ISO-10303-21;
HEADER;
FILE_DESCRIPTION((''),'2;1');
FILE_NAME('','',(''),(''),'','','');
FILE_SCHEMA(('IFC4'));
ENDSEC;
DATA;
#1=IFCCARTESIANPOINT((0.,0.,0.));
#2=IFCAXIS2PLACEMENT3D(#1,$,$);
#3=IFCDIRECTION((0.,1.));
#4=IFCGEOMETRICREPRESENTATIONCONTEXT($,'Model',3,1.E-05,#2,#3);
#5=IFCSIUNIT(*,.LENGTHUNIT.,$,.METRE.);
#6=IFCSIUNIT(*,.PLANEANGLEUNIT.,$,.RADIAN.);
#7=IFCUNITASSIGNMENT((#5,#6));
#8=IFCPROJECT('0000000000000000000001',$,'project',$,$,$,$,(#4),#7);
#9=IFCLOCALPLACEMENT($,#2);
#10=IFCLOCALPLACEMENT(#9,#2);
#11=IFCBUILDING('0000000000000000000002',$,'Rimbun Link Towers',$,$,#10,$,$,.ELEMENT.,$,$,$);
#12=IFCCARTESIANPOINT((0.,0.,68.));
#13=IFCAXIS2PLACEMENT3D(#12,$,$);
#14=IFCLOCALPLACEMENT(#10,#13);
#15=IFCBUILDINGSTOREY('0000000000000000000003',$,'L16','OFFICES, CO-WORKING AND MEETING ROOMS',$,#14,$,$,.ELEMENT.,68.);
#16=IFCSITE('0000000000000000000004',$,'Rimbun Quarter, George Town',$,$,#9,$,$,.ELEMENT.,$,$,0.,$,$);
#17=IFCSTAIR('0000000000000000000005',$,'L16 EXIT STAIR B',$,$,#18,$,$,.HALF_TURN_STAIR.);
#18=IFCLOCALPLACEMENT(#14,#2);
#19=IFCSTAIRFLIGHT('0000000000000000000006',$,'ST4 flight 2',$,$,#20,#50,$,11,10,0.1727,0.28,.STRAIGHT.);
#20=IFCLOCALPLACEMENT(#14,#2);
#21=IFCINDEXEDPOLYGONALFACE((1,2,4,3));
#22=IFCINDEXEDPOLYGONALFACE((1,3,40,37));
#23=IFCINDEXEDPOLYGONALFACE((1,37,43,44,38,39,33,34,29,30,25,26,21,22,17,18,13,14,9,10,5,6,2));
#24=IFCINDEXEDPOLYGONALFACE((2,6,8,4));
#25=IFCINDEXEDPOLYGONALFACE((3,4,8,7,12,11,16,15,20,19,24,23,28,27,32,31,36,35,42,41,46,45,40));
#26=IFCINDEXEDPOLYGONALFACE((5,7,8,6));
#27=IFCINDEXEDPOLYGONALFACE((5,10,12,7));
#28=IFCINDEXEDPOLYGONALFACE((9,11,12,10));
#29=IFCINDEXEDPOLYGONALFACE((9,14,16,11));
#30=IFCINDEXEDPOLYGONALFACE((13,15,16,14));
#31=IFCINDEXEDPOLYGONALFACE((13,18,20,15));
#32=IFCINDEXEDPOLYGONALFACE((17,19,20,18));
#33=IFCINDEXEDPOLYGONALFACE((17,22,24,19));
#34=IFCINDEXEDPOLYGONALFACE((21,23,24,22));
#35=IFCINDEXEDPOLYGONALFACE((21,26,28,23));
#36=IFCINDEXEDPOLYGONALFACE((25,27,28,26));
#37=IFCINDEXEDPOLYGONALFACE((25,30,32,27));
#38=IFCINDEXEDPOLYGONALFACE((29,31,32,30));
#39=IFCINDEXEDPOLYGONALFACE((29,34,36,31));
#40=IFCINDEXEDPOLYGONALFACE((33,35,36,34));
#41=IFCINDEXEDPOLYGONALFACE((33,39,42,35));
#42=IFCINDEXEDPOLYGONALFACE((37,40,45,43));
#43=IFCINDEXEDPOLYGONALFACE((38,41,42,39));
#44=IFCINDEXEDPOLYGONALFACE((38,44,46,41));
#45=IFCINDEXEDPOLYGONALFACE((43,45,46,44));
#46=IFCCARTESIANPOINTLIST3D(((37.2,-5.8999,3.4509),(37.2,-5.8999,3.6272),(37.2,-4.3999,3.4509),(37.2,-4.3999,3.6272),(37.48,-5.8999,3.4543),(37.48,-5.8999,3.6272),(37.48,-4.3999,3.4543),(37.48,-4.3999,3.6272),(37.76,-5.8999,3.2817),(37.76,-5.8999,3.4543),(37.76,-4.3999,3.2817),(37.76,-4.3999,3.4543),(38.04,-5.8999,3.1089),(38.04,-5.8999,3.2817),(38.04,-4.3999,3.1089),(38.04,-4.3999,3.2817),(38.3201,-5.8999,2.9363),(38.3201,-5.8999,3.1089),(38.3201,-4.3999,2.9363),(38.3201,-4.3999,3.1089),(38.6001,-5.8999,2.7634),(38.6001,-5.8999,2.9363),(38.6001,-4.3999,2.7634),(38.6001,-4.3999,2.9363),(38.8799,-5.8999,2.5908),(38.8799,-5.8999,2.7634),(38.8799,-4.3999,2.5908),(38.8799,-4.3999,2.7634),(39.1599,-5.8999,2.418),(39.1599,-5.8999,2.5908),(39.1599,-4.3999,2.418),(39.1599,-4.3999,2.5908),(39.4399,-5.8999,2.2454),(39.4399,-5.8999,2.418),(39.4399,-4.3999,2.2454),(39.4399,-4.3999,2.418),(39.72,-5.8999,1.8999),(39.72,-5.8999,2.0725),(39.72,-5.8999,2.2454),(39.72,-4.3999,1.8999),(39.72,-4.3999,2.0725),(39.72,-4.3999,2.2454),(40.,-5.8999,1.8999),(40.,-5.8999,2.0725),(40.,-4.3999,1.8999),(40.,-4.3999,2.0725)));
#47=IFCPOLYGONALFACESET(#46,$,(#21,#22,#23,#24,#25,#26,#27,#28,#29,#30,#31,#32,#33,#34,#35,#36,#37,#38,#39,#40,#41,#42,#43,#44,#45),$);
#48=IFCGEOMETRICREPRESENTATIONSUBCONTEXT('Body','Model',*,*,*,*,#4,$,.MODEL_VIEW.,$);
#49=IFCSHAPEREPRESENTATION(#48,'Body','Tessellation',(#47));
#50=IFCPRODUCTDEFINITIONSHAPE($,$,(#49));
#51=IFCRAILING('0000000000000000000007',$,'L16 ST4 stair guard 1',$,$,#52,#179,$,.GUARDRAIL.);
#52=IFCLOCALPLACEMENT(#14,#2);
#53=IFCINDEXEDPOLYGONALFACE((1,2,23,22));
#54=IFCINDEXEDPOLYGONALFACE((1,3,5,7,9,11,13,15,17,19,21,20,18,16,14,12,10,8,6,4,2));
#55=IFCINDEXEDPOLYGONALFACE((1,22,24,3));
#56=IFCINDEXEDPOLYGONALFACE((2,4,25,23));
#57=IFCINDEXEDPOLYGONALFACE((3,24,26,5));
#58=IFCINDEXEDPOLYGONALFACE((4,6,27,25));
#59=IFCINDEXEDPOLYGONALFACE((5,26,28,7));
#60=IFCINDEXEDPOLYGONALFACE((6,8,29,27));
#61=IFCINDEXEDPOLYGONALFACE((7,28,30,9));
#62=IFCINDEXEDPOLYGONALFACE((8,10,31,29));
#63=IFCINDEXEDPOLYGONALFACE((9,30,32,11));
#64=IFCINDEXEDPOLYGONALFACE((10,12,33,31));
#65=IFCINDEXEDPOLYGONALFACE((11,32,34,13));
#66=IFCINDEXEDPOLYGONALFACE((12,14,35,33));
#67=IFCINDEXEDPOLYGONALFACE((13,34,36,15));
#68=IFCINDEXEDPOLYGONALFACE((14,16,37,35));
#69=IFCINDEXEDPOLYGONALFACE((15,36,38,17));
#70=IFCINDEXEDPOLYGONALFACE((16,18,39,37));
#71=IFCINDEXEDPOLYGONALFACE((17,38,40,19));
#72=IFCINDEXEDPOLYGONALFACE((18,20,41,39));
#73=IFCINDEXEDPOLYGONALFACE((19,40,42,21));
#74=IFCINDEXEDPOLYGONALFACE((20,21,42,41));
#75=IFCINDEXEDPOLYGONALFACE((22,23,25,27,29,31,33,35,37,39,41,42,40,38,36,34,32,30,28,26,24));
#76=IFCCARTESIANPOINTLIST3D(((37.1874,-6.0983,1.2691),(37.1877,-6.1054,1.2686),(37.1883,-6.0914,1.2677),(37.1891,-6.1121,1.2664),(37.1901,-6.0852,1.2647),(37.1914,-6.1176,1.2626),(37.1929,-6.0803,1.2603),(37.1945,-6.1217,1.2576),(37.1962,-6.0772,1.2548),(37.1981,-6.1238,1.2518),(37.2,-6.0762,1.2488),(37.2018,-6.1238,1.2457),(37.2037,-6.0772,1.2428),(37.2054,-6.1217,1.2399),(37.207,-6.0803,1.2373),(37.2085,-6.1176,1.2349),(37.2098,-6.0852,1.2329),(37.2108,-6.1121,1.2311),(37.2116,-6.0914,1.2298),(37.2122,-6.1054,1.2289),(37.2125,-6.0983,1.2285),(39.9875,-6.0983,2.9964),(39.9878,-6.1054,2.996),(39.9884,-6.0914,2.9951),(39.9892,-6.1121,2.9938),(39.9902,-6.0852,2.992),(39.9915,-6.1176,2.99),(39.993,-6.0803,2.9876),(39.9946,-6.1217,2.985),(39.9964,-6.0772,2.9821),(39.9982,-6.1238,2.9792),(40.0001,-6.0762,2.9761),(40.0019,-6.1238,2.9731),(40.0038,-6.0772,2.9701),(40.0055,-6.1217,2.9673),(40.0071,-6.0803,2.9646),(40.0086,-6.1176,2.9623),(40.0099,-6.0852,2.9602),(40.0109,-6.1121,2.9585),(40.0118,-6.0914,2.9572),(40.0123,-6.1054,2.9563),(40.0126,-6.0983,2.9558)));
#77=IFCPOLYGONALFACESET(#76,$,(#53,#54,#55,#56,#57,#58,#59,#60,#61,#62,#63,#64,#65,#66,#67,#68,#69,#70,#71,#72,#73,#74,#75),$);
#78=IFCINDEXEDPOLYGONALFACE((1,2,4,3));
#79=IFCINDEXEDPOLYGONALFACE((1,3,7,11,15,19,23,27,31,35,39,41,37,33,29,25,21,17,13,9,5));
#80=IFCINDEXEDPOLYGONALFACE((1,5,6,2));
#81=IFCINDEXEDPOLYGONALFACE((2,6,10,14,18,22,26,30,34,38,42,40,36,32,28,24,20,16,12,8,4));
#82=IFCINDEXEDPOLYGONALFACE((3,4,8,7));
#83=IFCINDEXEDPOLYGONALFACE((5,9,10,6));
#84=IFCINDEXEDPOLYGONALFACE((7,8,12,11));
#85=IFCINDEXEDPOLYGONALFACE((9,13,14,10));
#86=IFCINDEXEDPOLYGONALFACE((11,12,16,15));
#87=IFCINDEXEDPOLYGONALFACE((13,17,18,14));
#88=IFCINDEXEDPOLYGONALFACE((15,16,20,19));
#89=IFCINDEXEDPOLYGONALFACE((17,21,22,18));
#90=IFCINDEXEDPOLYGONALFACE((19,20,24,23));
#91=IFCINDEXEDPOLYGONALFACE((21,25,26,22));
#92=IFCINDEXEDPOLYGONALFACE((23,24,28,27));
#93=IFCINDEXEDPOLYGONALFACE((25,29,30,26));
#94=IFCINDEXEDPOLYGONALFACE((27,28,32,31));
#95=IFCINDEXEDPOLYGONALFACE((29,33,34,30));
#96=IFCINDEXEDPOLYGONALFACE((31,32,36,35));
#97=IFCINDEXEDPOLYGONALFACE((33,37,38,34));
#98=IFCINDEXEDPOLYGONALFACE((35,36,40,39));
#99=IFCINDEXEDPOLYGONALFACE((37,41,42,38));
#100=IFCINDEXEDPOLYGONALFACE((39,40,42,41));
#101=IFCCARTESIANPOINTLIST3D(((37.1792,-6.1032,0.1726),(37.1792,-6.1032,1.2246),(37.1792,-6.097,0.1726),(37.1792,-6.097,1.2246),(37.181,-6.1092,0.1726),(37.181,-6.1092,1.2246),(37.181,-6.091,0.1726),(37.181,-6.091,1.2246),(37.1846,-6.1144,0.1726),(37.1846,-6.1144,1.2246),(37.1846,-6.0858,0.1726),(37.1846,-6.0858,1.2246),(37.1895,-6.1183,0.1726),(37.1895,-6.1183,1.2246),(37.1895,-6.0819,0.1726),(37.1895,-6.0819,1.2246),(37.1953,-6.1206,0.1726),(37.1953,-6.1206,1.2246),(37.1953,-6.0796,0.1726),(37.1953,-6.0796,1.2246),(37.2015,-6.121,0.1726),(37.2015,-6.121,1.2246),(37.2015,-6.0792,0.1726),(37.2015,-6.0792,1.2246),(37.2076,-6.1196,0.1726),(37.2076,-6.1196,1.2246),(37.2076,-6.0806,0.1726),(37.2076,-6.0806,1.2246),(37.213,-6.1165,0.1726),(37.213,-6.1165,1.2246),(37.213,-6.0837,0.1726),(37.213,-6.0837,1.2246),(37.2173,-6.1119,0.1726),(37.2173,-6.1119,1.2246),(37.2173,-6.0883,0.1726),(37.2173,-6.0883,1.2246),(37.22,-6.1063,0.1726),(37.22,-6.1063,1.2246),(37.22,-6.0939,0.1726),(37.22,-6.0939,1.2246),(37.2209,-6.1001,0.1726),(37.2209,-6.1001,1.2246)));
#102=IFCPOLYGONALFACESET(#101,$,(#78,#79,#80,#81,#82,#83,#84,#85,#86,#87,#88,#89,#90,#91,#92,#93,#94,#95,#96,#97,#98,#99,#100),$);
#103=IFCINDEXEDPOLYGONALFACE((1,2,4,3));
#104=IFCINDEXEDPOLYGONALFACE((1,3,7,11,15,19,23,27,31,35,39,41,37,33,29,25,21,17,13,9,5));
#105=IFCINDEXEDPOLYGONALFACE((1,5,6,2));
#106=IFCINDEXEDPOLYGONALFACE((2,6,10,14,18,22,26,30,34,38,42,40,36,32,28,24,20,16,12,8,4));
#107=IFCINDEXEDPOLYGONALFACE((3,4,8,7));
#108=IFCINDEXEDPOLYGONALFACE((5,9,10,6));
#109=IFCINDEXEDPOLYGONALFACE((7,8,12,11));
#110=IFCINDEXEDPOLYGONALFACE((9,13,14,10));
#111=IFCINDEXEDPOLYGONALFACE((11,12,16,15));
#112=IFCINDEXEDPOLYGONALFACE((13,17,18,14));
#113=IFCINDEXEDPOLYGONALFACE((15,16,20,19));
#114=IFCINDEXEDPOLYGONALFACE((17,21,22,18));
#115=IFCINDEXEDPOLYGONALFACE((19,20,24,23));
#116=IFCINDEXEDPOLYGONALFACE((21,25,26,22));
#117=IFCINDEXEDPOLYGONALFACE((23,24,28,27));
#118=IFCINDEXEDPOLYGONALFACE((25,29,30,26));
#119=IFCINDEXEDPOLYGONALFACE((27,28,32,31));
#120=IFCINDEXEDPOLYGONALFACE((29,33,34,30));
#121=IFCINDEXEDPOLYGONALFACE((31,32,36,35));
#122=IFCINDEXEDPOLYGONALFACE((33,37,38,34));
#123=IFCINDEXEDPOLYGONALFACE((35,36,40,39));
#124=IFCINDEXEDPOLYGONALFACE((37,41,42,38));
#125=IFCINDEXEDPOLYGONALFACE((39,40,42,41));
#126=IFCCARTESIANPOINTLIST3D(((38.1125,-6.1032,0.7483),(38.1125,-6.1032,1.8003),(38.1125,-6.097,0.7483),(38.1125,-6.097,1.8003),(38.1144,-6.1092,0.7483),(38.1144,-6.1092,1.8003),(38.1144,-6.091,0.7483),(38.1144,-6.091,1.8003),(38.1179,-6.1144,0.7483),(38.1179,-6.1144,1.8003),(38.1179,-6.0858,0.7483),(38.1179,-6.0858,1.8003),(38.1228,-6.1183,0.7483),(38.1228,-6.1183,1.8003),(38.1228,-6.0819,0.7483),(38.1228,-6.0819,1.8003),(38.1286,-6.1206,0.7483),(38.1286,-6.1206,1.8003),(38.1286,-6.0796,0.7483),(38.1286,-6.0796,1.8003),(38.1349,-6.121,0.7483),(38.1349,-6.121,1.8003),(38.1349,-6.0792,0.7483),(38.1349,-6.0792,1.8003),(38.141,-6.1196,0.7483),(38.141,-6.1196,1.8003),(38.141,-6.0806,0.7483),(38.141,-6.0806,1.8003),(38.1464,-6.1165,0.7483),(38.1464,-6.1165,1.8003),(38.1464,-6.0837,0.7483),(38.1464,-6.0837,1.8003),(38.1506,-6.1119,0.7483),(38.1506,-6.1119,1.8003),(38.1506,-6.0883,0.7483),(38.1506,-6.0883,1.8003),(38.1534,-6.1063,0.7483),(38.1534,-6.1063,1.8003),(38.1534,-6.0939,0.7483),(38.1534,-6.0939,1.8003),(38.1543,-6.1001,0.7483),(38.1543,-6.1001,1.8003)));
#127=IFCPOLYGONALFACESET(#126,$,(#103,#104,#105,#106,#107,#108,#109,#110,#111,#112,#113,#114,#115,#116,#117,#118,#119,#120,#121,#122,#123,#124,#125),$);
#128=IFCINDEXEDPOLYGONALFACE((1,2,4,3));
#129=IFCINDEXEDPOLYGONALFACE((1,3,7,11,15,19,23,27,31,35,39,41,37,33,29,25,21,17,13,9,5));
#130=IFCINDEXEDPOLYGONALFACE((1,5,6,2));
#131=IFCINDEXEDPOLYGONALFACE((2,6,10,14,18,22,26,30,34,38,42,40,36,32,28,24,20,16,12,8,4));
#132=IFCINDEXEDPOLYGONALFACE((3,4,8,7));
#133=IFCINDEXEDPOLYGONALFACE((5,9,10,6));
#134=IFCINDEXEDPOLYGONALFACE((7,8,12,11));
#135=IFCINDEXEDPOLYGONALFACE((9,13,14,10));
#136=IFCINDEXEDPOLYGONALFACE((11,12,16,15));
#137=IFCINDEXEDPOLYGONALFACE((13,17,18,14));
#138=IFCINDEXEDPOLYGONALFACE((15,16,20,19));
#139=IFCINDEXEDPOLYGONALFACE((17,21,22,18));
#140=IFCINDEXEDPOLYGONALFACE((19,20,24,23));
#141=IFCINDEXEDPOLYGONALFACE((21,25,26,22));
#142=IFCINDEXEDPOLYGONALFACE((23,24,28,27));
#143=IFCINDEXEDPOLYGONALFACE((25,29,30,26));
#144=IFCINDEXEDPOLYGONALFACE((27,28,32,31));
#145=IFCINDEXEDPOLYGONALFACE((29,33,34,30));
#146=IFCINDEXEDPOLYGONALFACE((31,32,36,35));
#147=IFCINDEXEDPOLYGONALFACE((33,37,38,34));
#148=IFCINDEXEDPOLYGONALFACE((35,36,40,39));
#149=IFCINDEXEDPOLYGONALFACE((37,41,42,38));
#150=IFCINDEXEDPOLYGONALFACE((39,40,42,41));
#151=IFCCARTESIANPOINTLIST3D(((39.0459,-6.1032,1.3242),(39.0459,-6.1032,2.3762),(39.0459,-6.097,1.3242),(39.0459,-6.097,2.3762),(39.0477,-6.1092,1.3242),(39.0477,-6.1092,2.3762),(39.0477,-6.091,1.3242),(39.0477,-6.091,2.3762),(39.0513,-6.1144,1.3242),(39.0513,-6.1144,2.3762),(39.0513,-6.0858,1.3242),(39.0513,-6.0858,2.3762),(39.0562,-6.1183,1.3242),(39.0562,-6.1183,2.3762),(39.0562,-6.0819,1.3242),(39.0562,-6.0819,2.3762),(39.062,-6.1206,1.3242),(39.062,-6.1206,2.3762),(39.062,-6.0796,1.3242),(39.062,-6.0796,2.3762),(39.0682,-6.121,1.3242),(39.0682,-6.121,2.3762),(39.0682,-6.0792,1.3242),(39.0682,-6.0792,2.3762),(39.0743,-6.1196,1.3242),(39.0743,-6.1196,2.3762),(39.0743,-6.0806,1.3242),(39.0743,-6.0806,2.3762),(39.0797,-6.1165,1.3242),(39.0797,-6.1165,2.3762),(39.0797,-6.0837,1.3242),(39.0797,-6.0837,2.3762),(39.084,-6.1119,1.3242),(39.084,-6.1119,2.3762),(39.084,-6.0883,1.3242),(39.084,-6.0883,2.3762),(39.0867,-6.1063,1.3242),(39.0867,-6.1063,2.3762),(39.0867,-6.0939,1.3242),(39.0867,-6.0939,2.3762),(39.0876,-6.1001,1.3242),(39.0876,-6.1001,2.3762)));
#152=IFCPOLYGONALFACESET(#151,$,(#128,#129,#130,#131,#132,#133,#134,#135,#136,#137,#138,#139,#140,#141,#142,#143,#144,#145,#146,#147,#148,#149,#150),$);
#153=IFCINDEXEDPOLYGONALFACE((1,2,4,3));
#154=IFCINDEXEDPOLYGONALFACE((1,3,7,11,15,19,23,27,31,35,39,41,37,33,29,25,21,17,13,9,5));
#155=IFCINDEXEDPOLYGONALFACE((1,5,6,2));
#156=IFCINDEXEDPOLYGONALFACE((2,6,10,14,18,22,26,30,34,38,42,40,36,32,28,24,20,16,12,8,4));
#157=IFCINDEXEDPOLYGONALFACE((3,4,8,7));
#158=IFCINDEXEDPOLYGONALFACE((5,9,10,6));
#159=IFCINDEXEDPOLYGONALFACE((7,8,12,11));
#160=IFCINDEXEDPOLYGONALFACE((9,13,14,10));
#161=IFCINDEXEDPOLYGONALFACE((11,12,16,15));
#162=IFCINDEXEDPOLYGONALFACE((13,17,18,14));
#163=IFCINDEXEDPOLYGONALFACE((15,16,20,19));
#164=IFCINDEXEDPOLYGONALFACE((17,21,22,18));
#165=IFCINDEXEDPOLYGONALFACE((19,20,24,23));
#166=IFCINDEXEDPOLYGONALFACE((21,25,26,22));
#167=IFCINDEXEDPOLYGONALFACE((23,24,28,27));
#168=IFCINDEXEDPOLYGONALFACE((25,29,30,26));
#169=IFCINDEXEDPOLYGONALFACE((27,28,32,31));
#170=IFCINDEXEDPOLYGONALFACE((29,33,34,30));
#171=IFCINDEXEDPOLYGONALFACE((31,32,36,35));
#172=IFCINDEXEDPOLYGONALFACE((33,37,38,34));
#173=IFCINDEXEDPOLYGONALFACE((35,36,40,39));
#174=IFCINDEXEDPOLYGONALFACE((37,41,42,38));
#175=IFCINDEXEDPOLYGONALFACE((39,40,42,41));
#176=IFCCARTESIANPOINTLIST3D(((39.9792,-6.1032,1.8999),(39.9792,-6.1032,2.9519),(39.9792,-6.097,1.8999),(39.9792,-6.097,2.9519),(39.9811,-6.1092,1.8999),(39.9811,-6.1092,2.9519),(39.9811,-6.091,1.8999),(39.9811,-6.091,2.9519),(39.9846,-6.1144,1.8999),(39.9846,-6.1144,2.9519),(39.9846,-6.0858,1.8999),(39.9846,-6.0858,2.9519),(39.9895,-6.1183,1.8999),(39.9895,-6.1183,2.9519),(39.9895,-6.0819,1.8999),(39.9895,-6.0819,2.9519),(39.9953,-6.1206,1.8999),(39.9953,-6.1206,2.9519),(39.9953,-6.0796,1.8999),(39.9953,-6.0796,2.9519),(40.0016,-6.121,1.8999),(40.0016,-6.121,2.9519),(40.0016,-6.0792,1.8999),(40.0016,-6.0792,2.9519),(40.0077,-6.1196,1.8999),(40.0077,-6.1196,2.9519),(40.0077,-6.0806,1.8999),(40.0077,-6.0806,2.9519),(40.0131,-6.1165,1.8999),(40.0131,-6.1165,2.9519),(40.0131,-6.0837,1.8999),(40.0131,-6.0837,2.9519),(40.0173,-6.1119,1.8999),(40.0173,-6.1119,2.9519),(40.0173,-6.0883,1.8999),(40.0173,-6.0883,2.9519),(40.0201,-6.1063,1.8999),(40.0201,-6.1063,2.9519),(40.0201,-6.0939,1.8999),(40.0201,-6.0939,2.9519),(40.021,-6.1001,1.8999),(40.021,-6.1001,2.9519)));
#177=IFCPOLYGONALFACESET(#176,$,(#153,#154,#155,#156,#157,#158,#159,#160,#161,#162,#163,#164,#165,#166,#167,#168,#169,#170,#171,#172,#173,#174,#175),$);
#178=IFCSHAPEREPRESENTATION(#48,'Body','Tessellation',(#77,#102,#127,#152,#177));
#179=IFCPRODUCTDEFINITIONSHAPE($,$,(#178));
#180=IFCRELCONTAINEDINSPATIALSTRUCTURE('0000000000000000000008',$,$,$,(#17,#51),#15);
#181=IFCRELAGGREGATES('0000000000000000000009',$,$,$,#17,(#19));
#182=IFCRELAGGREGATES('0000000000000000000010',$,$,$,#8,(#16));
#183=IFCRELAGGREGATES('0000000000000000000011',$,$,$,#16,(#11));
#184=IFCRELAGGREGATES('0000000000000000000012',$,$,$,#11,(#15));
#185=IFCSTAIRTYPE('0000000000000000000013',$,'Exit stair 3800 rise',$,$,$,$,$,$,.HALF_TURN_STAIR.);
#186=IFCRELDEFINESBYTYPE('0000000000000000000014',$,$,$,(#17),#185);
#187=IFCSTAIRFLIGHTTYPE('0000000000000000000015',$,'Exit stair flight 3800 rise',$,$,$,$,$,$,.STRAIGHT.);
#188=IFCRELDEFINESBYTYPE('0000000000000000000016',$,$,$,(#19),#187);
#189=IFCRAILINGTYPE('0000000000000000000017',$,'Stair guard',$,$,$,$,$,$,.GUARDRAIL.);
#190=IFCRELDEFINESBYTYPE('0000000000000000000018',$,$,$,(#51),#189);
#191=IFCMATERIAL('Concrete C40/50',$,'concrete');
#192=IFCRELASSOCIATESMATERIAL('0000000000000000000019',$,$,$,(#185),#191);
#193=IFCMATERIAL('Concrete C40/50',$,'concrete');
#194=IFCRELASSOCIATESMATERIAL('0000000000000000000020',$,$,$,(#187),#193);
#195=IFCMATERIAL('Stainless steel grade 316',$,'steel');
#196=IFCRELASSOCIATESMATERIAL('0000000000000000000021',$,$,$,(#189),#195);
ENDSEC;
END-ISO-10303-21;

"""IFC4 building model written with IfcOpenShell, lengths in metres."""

from ifc_helpers import new_model, si_unit, direction, frame, origin, origin_2d, place, context, subcontext, project, spatial, polyline, circle, outline, extrude, material, type_object, element, aggregate, save


model = new_model("IFC4")

# Units and contexts
model_context = context("Model", 3, precision=1e-05, world=origin(), true_north=direction((0.0, 1.0)))
body_context = subcontext(model_context, "Body", "Model", "MODEL_VIEW")
ifc_project = project(units=[si_unit("LENGTHUNIT", "METRE"), si_unit("PLANEANGLEUNIT", "RADIAN")], contexts=[model_context])

# Site, building, storey
site_placement = place(None, origin())
site = spatial("IfcSite", under=ifc_project, at=site_placement, Name="Rimbun Quarter, George Town", CompositionType="ELEMENT", RefElevation=0.0)
building_placement = place(site_placement, origin())
building = spatial("IfcBuilding", under=site, at=building_placement, Name="Rimbun Link Towers", CompositionType="ELEMENT")
storey_placement = place(building_placement, frame((0.0, 0.0, 68.0)))
storey = spatial("IfcBuildingStorey", under=building, at=storey_placement, Name="L16", Description="OFFICES, CO-WORKING AND MEETING ROOMS", CompositionType="ELEMENT", Elevation=68.0)

# Stair, stair flight
ifc_material_1 = material(Name="Concrete C40/50", Category="concrete")
stair_type = type_object("IfcStairType", Name="Exit stair 3800 rise", PredefinedType="HALF_TURN_STAIR", material=ifc_material_1)
stair_placement = place(storey_placement, origin())
stair = element("IfcStair", 1, at=stair_placement, inside=storey, type_object=stair_type, Name="L16 EXIT STAIR B", PredefinedType="HALF_TURN_STAIR")
ifc_material_2 = material(Name="Concrete C40/50", Category="concrete")
stair_flight_type = type_object("IfcStairFlightType", Name="Exit stair flight 3800 rise", PredefinedType="STRAIGHT", material=ifc_material_2)
stair_flight_placement = place(storey_placement, frame((40.0, -5.1499, 1.8999), z_axis=(0.0, 0.0, 1.0), x_axis=(-1.0, 0.0, 0.0)))
stair_flight = element("IfcStairFlight", 2, at=stair_flight_placement, type_object=stair_flight_type, Name="ST4 flight 2", NumberOfRisers=11, NumberOfTreads=10, PredefinedType="STRAIGHT", RiserHeight=0.1727, TreadLength=0.28, context=body_context, shape_type="SweptSolid", body=[
    extrude(outline(polyline([(0.0, 0.0), (0.0, 0.1726), (0.28, 0.1726), (0.28, 0.3455), (0.5601, 0.3455), (0.5601, 0.5181), (0.8401, 0.5181), (0.8401, 0.6909), (1.1201, 0.6909), (1.1201, 0.8635), (1.3999, 0.8635), (1.3999, 1.0364), (1.6799, 1.0364), (1.6799, 1.209), (1.96, 1.209), (1.96, 1.3818), (2.24, 1.3818), (2.24, 1.5544), (2.52, 1.5544), (2.52, 1.7273), (2.8, 1.7273), (2.8, 1.8999), (2.8, 1.551), (0.28, 0.0), (0.0, 0.0)])), frame((0.0, 0.75, 0.0), z_axis=(0.0, -1.0, 0.0), x_axis=(1.0, 0.0, 0.0)), (0.0, 0.0, 1.0), 1.5),
])
aggregate(stair, [stair_flight])

# Railing
ifc_material_3 = material(Name="Stainless steel grade 316", Category="steel")
railing_type = type_object("IfcRailingType", Name="Stair guard", PredefinedType="GUARDRAIL", material=ifc_material_3)
railing_1_placement = place(storey_placement, frame((37.2, -6.1001, 0.1726)))
element("IfcRailing", 3, at=railing_1_placement, inside=storey, type_object=railing_type, Name="L16 ST4 stair guard 1", PredefinedType="GUARDRAIL", context=body_context, shape_type="SweptSolid", body=[
    extrude(circle(Radius=0.0239, at=origin_2d()), frame((0.0, 0.0, 1.0762), z_axis=(0.85109, 0.0, 0.52502), x_axis=(0.0, 1.0, 0.0)), (0.0, 0.0, 1.0), 3.29),
    extrude(circle(Radius=0.021, at=origin_2d()), origin(), (0.0, 0.0, 1.0), 1.052),
    extrude(circle(Radius=0.021, at=origin_2d()), frame((0.9333, 0.0, 0.5757)), (0.0, 0.0, 1.0), 1.052),
    extrude(circle(Radius=0.021, at=origin_2d()), frame((1.8667, 0.0, 1.1516)), (0.0, 0.0, 1.0), 1.052),
    extrude(circle(Radius=0.021, at=origin_2d()), frame((2.8, 0.0, 1.7273)), (0.0, 0.0, 1.0), 1.052),
])

save(model, "model.ifc")
